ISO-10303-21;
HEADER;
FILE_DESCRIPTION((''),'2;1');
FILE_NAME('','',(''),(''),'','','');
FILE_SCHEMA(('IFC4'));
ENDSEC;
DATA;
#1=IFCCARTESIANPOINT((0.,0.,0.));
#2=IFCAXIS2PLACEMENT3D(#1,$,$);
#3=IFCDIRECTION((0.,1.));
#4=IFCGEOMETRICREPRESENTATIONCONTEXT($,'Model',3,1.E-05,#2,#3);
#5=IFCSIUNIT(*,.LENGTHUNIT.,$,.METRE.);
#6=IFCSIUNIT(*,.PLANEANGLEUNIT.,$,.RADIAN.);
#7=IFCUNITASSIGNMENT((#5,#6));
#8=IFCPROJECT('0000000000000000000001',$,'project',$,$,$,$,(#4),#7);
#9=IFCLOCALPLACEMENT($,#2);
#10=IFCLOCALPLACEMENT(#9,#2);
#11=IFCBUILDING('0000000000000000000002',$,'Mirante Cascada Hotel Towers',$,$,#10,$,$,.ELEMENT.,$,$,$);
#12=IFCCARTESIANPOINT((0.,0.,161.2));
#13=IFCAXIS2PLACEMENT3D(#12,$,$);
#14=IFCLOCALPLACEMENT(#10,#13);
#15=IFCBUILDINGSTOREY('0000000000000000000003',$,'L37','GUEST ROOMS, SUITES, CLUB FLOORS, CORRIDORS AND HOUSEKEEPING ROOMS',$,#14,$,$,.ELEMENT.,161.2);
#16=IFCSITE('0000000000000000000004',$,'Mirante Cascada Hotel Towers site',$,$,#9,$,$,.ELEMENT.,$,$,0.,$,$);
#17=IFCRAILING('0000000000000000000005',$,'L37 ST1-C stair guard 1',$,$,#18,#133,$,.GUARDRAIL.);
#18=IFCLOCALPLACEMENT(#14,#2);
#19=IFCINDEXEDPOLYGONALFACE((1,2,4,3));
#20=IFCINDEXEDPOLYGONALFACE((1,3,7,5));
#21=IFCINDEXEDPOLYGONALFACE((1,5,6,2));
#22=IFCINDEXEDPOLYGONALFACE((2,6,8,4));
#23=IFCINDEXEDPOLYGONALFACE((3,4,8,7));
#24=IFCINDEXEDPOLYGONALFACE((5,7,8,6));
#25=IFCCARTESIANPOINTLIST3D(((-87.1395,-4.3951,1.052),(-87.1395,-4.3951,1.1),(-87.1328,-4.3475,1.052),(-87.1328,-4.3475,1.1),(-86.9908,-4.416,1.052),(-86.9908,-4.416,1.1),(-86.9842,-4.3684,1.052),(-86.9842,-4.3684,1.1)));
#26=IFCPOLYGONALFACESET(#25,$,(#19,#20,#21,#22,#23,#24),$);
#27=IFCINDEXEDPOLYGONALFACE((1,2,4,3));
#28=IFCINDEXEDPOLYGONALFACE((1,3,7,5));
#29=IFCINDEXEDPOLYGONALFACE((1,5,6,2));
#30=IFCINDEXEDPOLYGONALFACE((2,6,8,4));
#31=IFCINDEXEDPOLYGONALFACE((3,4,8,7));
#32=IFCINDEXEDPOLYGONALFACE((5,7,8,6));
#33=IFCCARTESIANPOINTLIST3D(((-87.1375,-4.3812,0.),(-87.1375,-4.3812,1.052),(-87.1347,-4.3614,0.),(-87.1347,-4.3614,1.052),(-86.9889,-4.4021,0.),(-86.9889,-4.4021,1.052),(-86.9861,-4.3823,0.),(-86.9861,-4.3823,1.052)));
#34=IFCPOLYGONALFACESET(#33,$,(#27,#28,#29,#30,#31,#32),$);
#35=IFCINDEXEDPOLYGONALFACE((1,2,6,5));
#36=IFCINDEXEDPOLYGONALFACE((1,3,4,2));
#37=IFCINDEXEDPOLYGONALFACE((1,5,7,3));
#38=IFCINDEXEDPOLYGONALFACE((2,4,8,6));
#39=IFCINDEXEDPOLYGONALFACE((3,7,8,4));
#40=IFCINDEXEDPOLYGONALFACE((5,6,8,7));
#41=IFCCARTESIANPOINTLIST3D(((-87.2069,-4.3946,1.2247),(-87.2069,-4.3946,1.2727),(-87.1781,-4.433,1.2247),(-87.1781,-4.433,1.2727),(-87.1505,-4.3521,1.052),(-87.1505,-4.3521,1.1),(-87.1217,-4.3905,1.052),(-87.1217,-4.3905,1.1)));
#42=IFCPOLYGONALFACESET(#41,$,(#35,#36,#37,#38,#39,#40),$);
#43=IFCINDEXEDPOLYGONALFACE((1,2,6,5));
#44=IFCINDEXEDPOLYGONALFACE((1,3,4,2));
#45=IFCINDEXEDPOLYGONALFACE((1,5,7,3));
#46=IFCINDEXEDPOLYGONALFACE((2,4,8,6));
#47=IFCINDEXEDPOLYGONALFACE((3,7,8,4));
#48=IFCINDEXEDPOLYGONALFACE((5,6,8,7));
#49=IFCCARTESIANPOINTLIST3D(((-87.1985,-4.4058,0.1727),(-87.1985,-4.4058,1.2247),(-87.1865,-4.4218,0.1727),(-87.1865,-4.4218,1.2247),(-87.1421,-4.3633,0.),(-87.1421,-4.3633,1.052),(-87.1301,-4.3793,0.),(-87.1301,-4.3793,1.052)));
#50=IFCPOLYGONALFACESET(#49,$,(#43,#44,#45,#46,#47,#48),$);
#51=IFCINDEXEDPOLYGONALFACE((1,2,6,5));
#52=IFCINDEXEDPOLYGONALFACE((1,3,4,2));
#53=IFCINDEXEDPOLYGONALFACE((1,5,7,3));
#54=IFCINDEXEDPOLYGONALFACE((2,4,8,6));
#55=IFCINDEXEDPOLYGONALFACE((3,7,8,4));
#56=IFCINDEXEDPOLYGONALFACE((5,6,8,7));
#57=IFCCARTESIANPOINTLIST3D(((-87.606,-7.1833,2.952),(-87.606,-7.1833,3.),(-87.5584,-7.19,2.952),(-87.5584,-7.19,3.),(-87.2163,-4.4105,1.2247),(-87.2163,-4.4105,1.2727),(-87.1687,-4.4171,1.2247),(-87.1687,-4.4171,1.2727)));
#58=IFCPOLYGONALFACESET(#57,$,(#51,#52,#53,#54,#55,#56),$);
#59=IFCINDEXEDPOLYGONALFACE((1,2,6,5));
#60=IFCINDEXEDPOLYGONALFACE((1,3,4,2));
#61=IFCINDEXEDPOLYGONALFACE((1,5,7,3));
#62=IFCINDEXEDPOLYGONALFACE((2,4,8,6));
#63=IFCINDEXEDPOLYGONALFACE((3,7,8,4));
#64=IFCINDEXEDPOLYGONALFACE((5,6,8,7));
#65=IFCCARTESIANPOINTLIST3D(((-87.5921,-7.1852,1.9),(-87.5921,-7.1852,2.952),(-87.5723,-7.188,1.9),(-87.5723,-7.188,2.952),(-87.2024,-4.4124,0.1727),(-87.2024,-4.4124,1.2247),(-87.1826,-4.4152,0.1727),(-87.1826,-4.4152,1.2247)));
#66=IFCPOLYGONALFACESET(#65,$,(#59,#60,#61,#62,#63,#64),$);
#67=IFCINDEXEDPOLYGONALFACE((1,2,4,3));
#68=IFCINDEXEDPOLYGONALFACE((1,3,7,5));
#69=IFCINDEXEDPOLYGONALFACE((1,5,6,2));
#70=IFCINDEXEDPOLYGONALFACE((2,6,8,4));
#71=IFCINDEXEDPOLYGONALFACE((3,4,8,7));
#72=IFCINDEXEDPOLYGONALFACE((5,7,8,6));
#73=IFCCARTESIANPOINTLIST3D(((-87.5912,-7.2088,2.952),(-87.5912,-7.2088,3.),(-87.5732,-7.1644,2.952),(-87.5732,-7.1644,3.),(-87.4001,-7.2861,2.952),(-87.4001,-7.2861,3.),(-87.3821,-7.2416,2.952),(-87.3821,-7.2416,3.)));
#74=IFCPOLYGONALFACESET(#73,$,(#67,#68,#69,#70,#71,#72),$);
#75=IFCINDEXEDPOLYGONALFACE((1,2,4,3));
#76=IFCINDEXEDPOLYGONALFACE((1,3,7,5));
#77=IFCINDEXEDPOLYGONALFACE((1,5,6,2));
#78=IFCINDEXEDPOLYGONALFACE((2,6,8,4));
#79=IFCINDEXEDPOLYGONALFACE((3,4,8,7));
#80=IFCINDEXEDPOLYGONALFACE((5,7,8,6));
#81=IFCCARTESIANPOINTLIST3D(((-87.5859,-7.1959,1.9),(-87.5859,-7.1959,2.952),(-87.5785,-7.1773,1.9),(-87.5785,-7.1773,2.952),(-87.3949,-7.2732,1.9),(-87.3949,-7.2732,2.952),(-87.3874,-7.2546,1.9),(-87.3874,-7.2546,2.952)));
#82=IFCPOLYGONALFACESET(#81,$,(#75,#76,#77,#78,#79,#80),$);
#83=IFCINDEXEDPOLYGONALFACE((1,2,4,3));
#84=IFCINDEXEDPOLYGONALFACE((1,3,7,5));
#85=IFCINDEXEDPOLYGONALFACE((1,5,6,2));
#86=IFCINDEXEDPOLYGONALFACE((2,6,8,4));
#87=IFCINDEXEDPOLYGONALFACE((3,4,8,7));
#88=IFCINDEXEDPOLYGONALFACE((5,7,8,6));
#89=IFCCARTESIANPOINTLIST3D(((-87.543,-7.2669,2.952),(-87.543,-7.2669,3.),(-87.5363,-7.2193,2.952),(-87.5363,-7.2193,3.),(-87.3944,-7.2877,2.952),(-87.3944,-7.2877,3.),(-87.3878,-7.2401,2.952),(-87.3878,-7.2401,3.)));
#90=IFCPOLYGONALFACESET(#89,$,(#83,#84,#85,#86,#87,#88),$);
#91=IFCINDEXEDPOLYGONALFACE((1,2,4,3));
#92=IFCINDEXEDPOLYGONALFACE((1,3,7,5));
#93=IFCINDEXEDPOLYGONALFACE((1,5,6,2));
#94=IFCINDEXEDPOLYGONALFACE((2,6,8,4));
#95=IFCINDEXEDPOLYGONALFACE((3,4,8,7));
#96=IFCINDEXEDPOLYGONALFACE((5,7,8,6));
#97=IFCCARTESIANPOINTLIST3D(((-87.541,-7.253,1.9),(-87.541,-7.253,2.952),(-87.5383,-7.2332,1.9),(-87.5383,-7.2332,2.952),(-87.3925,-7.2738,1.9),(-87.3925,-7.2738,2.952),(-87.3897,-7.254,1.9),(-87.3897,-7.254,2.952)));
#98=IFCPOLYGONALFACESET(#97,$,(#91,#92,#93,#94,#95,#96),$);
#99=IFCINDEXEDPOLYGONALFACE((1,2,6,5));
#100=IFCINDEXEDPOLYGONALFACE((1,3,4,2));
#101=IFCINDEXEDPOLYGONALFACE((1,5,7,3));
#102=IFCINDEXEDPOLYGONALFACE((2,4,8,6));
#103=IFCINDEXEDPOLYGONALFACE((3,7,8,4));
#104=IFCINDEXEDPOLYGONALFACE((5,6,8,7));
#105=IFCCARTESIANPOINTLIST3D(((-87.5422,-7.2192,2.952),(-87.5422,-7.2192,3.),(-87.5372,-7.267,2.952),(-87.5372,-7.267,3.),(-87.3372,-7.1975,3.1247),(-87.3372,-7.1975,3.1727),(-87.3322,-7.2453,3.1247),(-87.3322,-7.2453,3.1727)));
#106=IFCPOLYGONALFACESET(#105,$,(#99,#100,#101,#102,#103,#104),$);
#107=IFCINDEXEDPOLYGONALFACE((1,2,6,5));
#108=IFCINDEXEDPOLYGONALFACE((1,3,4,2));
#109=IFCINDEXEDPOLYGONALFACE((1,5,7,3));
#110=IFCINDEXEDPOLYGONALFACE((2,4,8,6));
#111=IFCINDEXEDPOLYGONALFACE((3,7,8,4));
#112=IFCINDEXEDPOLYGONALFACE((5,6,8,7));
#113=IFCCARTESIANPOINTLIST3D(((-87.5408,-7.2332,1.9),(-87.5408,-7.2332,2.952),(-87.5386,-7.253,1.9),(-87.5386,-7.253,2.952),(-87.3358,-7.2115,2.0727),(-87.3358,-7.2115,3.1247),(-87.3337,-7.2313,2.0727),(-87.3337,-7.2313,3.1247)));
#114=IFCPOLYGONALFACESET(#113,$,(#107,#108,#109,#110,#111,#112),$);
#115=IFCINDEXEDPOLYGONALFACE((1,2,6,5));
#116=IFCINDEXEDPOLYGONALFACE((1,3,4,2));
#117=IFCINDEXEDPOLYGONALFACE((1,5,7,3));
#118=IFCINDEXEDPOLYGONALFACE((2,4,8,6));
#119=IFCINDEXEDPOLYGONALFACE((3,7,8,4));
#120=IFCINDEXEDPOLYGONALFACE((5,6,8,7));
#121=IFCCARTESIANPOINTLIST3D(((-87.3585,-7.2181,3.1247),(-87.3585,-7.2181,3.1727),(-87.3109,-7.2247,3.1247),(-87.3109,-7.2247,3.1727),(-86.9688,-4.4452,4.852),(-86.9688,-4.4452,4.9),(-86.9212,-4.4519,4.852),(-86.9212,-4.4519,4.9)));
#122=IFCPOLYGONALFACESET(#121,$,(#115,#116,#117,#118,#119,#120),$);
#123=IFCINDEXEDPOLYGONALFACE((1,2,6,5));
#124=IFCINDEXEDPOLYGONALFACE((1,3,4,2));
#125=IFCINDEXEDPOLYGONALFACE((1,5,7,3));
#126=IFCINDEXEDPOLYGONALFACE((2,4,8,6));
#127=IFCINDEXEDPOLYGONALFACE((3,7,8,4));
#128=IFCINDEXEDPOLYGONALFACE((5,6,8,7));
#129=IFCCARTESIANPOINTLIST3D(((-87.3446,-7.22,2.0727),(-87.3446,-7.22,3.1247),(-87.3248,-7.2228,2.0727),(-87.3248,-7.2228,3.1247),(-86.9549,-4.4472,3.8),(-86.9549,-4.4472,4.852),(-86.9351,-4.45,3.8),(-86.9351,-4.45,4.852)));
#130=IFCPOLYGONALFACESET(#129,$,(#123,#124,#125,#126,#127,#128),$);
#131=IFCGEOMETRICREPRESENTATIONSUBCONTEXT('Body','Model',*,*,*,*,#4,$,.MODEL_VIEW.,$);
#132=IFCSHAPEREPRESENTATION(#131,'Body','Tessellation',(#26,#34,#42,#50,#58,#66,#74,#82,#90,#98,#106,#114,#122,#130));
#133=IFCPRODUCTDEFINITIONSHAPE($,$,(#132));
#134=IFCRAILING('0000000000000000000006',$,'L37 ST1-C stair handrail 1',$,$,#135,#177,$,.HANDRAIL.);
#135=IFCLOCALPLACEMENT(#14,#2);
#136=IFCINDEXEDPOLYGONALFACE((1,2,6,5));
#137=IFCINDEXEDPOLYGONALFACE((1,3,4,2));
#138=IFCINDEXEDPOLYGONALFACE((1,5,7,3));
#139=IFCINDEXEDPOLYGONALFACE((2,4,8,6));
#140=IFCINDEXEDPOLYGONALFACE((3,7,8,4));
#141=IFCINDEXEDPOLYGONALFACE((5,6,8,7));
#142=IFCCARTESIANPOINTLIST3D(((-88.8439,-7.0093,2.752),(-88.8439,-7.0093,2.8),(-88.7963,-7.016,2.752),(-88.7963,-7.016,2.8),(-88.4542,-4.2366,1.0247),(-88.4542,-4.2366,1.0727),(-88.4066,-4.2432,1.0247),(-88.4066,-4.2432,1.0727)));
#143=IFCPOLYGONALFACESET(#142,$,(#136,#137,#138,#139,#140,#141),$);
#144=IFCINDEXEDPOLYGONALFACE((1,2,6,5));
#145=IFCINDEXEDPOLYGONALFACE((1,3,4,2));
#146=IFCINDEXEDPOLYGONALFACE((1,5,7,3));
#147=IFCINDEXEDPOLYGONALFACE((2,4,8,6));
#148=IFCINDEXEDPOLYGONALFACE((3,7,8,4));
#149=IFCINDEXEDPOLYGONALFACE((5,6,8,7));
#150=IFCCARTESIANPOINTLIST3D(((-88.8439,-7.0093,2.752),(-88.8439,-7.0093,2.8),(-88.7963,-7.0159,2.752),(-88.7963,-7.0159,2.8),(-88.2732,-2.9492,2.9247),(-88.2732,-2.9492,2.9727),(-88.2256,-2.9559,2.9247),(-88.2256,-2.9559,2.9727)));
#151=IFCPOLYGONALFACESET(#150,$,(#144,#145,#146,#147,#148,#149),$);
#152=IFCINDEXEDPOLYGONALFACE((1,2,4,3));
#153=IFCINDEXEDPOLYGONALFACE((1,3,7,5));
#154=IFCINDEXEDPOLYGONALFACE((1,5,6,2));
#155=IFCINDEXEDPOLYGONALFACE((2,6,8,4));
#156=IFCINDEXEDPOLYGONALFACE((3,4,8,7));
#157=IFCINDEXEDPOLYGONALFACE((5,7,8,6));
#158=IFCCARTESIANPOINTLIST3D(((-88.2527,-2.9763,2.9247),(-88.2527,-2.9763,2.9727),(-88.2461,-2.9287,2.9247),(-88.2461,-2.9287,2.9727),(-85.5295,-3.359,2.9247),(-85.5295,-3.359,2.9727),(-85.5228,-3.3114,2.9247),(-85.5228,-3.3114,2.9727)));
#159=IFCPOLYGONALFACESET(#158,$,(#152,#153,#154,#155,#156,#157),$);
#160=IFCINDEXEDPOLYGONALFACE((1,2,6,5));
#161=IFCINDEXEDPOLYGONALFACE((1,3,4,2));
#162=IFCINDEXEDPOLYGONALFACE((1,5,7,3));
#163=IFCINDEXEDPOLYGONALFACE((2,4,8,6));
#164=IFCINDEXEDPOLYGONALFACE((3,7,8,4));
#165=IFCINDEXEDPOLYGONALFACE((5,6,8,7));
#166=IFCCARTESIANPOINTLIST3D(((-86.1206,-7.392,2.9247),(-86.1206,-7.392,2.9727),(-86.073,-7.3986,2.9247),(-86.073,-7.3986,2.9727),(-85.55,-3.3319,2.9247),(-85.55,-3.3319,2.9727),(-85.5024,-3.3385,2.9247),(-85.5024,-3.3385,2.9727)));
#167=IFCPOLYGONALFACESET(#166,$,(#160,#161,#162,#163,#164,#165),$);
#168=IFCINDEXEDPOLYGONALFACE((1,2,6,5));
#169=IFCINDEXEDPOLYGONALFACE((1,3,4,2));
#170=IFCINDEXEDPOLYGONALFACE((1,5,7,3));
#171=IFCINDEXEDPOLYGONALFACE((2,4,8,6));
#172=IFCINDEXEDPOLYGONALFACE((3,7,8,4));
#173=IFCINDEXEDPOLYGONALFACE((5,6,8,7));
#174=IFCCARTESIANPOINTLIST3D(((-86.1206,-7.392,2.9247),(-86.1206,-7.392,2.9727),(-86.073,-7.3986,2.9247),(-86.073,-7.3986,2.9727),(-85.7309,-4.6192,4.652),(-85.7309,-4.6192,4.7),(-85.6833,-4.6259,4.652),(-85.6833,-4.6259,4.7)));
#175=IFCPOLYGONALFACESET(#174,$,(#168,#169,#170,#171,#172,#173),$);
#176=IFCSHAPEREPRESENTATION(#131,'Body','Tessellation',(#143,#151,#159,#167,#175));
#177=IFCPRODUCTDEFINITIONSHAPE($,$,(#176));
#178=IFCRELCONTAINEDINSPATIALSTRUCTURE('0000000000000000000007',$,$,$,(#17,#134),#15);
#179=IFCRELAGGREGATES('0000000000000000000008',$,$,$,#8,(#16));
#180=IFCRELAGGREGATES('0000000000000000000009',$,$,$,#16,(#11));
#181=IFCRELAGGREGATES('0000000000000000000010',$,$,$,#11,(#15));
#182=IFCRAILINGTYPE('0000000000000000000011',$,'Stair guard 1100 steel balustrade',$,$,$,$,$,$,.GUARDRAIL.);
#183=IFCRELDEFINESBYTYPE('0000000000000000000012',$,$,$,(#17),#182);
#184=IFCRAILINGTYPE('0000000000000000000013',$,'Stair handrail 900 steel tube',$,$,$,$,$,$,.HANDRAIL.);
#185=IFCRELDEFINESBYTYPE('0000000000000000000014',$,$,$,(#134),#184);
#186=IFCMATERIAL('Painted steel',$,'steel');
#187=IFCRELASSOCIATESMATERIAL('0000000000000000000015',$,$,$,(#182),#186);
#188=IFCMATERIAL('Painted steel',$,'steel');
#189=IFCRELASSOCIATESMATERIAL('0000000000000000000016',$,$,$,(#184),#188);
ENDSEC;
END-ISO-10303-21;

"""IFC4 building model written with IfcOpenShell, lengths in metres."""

from ifc_helpers import new_model, si_unit, direction, frame, origin, origin_2d, place, context, subcontext, project, spatial, rectangle, extrude, material, type_object, element, save


model = new_model("IFC4")

# Units and contexts
model_context = context("Model", 3, precision=1e-05, world=origin(), true_north=direction((0.0, 1.0)))
body_context = subcontext(model_context, "Body", "Model", "MODEL_VIEW")
ifc_project = project(units=[si_unit("LENGTHUNIT", "METRE"), si_unit("PLANEANGLEUNIT", "RADIAN")], contexts=[model_context])

# Site, building, storey
site_placement = place(None, origin())
site = spatial("IfcSite", under=ifc_project, at=site_placement, Name="Mirante Cascada Hotel Towers site", CompositionType="ELEMENT", RefElevation=0.0)
building_placement = place(site_placement, origin())
building = spatial("IfcBuilding", under=site, at=building_placement, Name="Mirante Cascada Hotel Towers", CompositionType="ELEMENT")
storey_placement = place(building_placement, frame((0.0, 0.0, 161.2)))
storey = spatial("IfcBuildingStorey", under=building, at=storey_placement, Name="L37", Description="GUEST ROOMS, SUITES, CLUB FLOORS, CORRIDORS AND HOUSEKEEPING ROOMS", CompositionType="ELEMENT", Elevation=161.2)

# Railings
ifc_material_1 = material(Name="Painted steel", Category="steel")
railing_type_1 = type_object("IfcRailingType", Name="Stair guard 1100 steel balustrade", PredefinedType="GUARDRAIL", material=ifc_material_1)
railing_1_placement = place(storey_placement, frame((-86.9875, -4.3922, 0.0)))
element("IfcRailing", 1, at=railing_1_placement, inside=storey, type_object=railing_type_1, Name="L37 ST1-C stair guard 1", PredefinedType="GUARDRAIL", context=body_context, shape_type="SweptSolid", body=[
    extrude(rectangle(XDim=0.048, YDim=0.048, at=origin_2d()), frame((0.0, 0.0, 1.076), z_axis=(-0.990254, 0.139275, 0.0), x_axis=(-0.139275, -0.990254, 0.0)), (0.0, 0.0, 1.0), 0.1501),
    extrude(rectangle(XDim=0.02, YDim=1.052, at=origin_2d()), frame((0.0, 0.0, 0.526), z_axis=(-0.990254, 0.139275, 0.0), x_axis=(-0.139275, -0.990254, 0.0)), (0.0, 0.0, 1.0), 0.1501),
    extrude(rectangle(XDim=0.048, YDim=0.048, at=origin_2d()), frame((-0.1486, 0.0209, 1.076), z_axis=(-0.798639, -0.601811, 0.0), x_axis=(0.601811, -0.798639, 0.0)), (0.0, 0.925603, 0.378496), 0.1866),
    extrude(rectangle(XDim=0.02, YDim=1.052, at=origin_2d()), frame((-0.1486, 0.0209, 0.526), z_axis=(-0.798639, -0.601811, 0.0), x_axis=(0.601811, -0.798639, 0.0)), (0.0, 0.925603, 0.378496), 0.1866),
    extrude(rectangle(XDim=0.048, YDim=0.048, at=origin_2d()), frame((-0.205, -0.0216, 1.2487), z_axis=(-0.139176, -0.990268, 0.0), x_axis=(0.990268, -0.139176, 0.0)), (0.0, 0.525021, 0.851089), 3.29),
    extrude(rectangle(XDim=0.02, YDim=1.052, at=origin_2d()), frame((-0.205, -0.0216, 0.6987), z_axis=(-0.139176, -0.990268, 0.0), x_axis=(0.990268, -0.139176, 0.0)), (0.0, 0.525021, 0.851089), 3.29),
    extrude(rectangle(XDim=0.048, YDim=0.048, at=origin_2d()), frame((-0.5947, -2.7944, 2.976), z_axis=(0.927031, -0.374984, 0.0), x_axis=(0.374984, 0.927031, 0.0)), (0.0, 0.0, 1.0), 0.2061),
    extrude(rectangle(XDim=0.02, YDim=1.052, at=origin_2d()), frame((-0.5947, -2.7944, 2.426), z_axis=(0.927031, -0.374984, 0.0), x_axis=(0.374984, 0.927031, 0.0)), (0.0, 0.0, 1.0), 0.2061),
    extrude(rectangle(XDim=0.048, YDim=0.048, at=origin_2d()), frame((-0.4036, -2.8717, 2.976), z_axis=(-0.990345, 0.138622, 0.0), x_axis=(-0.138622, -0.990345, 0.0)), (0.0, 0.0, 1.0), 0.15),
    extrude(rectangle(XDim=0.02, YDim=1.052, at=origin_2d()), frame((-0.4036, -2.8717, 2.426), z_axis=(-0.990345, 0.138622, 0.0), x_axis=(-0.138622, -0.990345, 0.0)), (0.0, 0.0, 1.0), 0.15),
    extrude(rectangle(XDim=0.048, YDim=0.048, at=origin_2d()), frame((-0.5522, -2.8509, 2.976), z_axis=(0.994444, 0.105266, 0.0), x_axis=(-0.105266, 0.994444, 0.0)), (0.0, 0.642184, 0.76655), 0.2689),
    extrude(rectangle(XDim=0.02, YDim=1.052, at=origin_2d()), frame((-0.5522, -2.8509, 2.426), z_axis=(0.994444, 0.105266, 0.0), x_axis=(-0.105266, 0.994444, 0.0)), (0.0, 0.642184, 0.76655), 0.2689),
    extrude(rectangle(XDim=0.048, YDim=0.048, at=origin_2d()), frame((-0.3472, -2.8292, 3.1487), z_axis=(0.139176, 0.990268, 0.0), x_axis=(-0.990268, 0.139176, 0.0)), (0.0, 0.525021, 0.851089), 3.29),
    extrude(rectangle(XDim=0.02, YDim=1.052, at=origin_2d()), frame((-0.3472, -2.8292, 2.5987), z_axis=(0.139176, 0.990268, 0.0), x_axis=(-0.990268, 0.139176, 0.0)), (0.0, 0.525021, 0.851089), 3.29),
])
ifc_material_2 = material(Name="Painted steel", Category="steel")
railing_type_2 = type_object("IfcRailingType", Name="Stair handrail 900 steel tube", PredefinedType="HANDRAIL", material=ifc_material_2)
railing_2_placement = place(storey_placement, frame((-88.4304, -4.2399, 0.1727)))
element("IfcRailing", 2, at=railing_2_placement, inside=storey, type_object=railing_type_2, Name="L37 ST1-C stair handrail 1", PredefinedType="HANDRAIL", context=body_context, shape_type="SweptSolid", body=[
    extrude(rectangle(XDim=0.048, YDim=0.048, at=origin_2d()), frame((0.0, 0.0, 0.876), z_axis=(-0.139181, -0.990267, 0.0), x_axis=(0.990267, -0.139181, 0.0)), (0.0, 0.525035, 0.851081), 3.2899),
    extrude(rectangle(XDim=0.048, YDim=0.048, at=origin_2d()), frame((-0.3897, -2.7727, 2.6033), z_axis=(0.139195, 0.990265, 0.0), x_axis=(-0.990265, 0.139195, 0.0)), (0.0, 0.042084, 0.999114), 4.1036),
    extrude(rectangle(XDim=0.048, YDim=0.048, at=origin_2d()), frame((0.181, 1.2874, 2.776), z_axis=(0.990269, -0.139166, 0.0), x_axis=(0.139166, 0.990269, 0.0)), (0.0, 0.0, 1.0), 2.75),
    extrude(rectangle(XDim=0.048, YDim=0.048, at=origin_2d()), frame((2.9042, 0.9047, 2.776), z_axis=(-0.139171, -0.990268, 0.0), x_axis=(0.990268, -0.139171, 0.0)), (0.0, 0.0, 1.0), 4.1),
    extrude(rectangle(XDim=0.048, YDim=0.048, at=origin_2d()), frame((2.3336, -3.1554, 2.776), z_axis=(0.139181, 0.990267, 0.0), x_axis=(-0.990267, 0.139181, 0.0)), (0.0, 0.525035, 0.851081), 3.2899),
])

save(model, "model.ifc")
